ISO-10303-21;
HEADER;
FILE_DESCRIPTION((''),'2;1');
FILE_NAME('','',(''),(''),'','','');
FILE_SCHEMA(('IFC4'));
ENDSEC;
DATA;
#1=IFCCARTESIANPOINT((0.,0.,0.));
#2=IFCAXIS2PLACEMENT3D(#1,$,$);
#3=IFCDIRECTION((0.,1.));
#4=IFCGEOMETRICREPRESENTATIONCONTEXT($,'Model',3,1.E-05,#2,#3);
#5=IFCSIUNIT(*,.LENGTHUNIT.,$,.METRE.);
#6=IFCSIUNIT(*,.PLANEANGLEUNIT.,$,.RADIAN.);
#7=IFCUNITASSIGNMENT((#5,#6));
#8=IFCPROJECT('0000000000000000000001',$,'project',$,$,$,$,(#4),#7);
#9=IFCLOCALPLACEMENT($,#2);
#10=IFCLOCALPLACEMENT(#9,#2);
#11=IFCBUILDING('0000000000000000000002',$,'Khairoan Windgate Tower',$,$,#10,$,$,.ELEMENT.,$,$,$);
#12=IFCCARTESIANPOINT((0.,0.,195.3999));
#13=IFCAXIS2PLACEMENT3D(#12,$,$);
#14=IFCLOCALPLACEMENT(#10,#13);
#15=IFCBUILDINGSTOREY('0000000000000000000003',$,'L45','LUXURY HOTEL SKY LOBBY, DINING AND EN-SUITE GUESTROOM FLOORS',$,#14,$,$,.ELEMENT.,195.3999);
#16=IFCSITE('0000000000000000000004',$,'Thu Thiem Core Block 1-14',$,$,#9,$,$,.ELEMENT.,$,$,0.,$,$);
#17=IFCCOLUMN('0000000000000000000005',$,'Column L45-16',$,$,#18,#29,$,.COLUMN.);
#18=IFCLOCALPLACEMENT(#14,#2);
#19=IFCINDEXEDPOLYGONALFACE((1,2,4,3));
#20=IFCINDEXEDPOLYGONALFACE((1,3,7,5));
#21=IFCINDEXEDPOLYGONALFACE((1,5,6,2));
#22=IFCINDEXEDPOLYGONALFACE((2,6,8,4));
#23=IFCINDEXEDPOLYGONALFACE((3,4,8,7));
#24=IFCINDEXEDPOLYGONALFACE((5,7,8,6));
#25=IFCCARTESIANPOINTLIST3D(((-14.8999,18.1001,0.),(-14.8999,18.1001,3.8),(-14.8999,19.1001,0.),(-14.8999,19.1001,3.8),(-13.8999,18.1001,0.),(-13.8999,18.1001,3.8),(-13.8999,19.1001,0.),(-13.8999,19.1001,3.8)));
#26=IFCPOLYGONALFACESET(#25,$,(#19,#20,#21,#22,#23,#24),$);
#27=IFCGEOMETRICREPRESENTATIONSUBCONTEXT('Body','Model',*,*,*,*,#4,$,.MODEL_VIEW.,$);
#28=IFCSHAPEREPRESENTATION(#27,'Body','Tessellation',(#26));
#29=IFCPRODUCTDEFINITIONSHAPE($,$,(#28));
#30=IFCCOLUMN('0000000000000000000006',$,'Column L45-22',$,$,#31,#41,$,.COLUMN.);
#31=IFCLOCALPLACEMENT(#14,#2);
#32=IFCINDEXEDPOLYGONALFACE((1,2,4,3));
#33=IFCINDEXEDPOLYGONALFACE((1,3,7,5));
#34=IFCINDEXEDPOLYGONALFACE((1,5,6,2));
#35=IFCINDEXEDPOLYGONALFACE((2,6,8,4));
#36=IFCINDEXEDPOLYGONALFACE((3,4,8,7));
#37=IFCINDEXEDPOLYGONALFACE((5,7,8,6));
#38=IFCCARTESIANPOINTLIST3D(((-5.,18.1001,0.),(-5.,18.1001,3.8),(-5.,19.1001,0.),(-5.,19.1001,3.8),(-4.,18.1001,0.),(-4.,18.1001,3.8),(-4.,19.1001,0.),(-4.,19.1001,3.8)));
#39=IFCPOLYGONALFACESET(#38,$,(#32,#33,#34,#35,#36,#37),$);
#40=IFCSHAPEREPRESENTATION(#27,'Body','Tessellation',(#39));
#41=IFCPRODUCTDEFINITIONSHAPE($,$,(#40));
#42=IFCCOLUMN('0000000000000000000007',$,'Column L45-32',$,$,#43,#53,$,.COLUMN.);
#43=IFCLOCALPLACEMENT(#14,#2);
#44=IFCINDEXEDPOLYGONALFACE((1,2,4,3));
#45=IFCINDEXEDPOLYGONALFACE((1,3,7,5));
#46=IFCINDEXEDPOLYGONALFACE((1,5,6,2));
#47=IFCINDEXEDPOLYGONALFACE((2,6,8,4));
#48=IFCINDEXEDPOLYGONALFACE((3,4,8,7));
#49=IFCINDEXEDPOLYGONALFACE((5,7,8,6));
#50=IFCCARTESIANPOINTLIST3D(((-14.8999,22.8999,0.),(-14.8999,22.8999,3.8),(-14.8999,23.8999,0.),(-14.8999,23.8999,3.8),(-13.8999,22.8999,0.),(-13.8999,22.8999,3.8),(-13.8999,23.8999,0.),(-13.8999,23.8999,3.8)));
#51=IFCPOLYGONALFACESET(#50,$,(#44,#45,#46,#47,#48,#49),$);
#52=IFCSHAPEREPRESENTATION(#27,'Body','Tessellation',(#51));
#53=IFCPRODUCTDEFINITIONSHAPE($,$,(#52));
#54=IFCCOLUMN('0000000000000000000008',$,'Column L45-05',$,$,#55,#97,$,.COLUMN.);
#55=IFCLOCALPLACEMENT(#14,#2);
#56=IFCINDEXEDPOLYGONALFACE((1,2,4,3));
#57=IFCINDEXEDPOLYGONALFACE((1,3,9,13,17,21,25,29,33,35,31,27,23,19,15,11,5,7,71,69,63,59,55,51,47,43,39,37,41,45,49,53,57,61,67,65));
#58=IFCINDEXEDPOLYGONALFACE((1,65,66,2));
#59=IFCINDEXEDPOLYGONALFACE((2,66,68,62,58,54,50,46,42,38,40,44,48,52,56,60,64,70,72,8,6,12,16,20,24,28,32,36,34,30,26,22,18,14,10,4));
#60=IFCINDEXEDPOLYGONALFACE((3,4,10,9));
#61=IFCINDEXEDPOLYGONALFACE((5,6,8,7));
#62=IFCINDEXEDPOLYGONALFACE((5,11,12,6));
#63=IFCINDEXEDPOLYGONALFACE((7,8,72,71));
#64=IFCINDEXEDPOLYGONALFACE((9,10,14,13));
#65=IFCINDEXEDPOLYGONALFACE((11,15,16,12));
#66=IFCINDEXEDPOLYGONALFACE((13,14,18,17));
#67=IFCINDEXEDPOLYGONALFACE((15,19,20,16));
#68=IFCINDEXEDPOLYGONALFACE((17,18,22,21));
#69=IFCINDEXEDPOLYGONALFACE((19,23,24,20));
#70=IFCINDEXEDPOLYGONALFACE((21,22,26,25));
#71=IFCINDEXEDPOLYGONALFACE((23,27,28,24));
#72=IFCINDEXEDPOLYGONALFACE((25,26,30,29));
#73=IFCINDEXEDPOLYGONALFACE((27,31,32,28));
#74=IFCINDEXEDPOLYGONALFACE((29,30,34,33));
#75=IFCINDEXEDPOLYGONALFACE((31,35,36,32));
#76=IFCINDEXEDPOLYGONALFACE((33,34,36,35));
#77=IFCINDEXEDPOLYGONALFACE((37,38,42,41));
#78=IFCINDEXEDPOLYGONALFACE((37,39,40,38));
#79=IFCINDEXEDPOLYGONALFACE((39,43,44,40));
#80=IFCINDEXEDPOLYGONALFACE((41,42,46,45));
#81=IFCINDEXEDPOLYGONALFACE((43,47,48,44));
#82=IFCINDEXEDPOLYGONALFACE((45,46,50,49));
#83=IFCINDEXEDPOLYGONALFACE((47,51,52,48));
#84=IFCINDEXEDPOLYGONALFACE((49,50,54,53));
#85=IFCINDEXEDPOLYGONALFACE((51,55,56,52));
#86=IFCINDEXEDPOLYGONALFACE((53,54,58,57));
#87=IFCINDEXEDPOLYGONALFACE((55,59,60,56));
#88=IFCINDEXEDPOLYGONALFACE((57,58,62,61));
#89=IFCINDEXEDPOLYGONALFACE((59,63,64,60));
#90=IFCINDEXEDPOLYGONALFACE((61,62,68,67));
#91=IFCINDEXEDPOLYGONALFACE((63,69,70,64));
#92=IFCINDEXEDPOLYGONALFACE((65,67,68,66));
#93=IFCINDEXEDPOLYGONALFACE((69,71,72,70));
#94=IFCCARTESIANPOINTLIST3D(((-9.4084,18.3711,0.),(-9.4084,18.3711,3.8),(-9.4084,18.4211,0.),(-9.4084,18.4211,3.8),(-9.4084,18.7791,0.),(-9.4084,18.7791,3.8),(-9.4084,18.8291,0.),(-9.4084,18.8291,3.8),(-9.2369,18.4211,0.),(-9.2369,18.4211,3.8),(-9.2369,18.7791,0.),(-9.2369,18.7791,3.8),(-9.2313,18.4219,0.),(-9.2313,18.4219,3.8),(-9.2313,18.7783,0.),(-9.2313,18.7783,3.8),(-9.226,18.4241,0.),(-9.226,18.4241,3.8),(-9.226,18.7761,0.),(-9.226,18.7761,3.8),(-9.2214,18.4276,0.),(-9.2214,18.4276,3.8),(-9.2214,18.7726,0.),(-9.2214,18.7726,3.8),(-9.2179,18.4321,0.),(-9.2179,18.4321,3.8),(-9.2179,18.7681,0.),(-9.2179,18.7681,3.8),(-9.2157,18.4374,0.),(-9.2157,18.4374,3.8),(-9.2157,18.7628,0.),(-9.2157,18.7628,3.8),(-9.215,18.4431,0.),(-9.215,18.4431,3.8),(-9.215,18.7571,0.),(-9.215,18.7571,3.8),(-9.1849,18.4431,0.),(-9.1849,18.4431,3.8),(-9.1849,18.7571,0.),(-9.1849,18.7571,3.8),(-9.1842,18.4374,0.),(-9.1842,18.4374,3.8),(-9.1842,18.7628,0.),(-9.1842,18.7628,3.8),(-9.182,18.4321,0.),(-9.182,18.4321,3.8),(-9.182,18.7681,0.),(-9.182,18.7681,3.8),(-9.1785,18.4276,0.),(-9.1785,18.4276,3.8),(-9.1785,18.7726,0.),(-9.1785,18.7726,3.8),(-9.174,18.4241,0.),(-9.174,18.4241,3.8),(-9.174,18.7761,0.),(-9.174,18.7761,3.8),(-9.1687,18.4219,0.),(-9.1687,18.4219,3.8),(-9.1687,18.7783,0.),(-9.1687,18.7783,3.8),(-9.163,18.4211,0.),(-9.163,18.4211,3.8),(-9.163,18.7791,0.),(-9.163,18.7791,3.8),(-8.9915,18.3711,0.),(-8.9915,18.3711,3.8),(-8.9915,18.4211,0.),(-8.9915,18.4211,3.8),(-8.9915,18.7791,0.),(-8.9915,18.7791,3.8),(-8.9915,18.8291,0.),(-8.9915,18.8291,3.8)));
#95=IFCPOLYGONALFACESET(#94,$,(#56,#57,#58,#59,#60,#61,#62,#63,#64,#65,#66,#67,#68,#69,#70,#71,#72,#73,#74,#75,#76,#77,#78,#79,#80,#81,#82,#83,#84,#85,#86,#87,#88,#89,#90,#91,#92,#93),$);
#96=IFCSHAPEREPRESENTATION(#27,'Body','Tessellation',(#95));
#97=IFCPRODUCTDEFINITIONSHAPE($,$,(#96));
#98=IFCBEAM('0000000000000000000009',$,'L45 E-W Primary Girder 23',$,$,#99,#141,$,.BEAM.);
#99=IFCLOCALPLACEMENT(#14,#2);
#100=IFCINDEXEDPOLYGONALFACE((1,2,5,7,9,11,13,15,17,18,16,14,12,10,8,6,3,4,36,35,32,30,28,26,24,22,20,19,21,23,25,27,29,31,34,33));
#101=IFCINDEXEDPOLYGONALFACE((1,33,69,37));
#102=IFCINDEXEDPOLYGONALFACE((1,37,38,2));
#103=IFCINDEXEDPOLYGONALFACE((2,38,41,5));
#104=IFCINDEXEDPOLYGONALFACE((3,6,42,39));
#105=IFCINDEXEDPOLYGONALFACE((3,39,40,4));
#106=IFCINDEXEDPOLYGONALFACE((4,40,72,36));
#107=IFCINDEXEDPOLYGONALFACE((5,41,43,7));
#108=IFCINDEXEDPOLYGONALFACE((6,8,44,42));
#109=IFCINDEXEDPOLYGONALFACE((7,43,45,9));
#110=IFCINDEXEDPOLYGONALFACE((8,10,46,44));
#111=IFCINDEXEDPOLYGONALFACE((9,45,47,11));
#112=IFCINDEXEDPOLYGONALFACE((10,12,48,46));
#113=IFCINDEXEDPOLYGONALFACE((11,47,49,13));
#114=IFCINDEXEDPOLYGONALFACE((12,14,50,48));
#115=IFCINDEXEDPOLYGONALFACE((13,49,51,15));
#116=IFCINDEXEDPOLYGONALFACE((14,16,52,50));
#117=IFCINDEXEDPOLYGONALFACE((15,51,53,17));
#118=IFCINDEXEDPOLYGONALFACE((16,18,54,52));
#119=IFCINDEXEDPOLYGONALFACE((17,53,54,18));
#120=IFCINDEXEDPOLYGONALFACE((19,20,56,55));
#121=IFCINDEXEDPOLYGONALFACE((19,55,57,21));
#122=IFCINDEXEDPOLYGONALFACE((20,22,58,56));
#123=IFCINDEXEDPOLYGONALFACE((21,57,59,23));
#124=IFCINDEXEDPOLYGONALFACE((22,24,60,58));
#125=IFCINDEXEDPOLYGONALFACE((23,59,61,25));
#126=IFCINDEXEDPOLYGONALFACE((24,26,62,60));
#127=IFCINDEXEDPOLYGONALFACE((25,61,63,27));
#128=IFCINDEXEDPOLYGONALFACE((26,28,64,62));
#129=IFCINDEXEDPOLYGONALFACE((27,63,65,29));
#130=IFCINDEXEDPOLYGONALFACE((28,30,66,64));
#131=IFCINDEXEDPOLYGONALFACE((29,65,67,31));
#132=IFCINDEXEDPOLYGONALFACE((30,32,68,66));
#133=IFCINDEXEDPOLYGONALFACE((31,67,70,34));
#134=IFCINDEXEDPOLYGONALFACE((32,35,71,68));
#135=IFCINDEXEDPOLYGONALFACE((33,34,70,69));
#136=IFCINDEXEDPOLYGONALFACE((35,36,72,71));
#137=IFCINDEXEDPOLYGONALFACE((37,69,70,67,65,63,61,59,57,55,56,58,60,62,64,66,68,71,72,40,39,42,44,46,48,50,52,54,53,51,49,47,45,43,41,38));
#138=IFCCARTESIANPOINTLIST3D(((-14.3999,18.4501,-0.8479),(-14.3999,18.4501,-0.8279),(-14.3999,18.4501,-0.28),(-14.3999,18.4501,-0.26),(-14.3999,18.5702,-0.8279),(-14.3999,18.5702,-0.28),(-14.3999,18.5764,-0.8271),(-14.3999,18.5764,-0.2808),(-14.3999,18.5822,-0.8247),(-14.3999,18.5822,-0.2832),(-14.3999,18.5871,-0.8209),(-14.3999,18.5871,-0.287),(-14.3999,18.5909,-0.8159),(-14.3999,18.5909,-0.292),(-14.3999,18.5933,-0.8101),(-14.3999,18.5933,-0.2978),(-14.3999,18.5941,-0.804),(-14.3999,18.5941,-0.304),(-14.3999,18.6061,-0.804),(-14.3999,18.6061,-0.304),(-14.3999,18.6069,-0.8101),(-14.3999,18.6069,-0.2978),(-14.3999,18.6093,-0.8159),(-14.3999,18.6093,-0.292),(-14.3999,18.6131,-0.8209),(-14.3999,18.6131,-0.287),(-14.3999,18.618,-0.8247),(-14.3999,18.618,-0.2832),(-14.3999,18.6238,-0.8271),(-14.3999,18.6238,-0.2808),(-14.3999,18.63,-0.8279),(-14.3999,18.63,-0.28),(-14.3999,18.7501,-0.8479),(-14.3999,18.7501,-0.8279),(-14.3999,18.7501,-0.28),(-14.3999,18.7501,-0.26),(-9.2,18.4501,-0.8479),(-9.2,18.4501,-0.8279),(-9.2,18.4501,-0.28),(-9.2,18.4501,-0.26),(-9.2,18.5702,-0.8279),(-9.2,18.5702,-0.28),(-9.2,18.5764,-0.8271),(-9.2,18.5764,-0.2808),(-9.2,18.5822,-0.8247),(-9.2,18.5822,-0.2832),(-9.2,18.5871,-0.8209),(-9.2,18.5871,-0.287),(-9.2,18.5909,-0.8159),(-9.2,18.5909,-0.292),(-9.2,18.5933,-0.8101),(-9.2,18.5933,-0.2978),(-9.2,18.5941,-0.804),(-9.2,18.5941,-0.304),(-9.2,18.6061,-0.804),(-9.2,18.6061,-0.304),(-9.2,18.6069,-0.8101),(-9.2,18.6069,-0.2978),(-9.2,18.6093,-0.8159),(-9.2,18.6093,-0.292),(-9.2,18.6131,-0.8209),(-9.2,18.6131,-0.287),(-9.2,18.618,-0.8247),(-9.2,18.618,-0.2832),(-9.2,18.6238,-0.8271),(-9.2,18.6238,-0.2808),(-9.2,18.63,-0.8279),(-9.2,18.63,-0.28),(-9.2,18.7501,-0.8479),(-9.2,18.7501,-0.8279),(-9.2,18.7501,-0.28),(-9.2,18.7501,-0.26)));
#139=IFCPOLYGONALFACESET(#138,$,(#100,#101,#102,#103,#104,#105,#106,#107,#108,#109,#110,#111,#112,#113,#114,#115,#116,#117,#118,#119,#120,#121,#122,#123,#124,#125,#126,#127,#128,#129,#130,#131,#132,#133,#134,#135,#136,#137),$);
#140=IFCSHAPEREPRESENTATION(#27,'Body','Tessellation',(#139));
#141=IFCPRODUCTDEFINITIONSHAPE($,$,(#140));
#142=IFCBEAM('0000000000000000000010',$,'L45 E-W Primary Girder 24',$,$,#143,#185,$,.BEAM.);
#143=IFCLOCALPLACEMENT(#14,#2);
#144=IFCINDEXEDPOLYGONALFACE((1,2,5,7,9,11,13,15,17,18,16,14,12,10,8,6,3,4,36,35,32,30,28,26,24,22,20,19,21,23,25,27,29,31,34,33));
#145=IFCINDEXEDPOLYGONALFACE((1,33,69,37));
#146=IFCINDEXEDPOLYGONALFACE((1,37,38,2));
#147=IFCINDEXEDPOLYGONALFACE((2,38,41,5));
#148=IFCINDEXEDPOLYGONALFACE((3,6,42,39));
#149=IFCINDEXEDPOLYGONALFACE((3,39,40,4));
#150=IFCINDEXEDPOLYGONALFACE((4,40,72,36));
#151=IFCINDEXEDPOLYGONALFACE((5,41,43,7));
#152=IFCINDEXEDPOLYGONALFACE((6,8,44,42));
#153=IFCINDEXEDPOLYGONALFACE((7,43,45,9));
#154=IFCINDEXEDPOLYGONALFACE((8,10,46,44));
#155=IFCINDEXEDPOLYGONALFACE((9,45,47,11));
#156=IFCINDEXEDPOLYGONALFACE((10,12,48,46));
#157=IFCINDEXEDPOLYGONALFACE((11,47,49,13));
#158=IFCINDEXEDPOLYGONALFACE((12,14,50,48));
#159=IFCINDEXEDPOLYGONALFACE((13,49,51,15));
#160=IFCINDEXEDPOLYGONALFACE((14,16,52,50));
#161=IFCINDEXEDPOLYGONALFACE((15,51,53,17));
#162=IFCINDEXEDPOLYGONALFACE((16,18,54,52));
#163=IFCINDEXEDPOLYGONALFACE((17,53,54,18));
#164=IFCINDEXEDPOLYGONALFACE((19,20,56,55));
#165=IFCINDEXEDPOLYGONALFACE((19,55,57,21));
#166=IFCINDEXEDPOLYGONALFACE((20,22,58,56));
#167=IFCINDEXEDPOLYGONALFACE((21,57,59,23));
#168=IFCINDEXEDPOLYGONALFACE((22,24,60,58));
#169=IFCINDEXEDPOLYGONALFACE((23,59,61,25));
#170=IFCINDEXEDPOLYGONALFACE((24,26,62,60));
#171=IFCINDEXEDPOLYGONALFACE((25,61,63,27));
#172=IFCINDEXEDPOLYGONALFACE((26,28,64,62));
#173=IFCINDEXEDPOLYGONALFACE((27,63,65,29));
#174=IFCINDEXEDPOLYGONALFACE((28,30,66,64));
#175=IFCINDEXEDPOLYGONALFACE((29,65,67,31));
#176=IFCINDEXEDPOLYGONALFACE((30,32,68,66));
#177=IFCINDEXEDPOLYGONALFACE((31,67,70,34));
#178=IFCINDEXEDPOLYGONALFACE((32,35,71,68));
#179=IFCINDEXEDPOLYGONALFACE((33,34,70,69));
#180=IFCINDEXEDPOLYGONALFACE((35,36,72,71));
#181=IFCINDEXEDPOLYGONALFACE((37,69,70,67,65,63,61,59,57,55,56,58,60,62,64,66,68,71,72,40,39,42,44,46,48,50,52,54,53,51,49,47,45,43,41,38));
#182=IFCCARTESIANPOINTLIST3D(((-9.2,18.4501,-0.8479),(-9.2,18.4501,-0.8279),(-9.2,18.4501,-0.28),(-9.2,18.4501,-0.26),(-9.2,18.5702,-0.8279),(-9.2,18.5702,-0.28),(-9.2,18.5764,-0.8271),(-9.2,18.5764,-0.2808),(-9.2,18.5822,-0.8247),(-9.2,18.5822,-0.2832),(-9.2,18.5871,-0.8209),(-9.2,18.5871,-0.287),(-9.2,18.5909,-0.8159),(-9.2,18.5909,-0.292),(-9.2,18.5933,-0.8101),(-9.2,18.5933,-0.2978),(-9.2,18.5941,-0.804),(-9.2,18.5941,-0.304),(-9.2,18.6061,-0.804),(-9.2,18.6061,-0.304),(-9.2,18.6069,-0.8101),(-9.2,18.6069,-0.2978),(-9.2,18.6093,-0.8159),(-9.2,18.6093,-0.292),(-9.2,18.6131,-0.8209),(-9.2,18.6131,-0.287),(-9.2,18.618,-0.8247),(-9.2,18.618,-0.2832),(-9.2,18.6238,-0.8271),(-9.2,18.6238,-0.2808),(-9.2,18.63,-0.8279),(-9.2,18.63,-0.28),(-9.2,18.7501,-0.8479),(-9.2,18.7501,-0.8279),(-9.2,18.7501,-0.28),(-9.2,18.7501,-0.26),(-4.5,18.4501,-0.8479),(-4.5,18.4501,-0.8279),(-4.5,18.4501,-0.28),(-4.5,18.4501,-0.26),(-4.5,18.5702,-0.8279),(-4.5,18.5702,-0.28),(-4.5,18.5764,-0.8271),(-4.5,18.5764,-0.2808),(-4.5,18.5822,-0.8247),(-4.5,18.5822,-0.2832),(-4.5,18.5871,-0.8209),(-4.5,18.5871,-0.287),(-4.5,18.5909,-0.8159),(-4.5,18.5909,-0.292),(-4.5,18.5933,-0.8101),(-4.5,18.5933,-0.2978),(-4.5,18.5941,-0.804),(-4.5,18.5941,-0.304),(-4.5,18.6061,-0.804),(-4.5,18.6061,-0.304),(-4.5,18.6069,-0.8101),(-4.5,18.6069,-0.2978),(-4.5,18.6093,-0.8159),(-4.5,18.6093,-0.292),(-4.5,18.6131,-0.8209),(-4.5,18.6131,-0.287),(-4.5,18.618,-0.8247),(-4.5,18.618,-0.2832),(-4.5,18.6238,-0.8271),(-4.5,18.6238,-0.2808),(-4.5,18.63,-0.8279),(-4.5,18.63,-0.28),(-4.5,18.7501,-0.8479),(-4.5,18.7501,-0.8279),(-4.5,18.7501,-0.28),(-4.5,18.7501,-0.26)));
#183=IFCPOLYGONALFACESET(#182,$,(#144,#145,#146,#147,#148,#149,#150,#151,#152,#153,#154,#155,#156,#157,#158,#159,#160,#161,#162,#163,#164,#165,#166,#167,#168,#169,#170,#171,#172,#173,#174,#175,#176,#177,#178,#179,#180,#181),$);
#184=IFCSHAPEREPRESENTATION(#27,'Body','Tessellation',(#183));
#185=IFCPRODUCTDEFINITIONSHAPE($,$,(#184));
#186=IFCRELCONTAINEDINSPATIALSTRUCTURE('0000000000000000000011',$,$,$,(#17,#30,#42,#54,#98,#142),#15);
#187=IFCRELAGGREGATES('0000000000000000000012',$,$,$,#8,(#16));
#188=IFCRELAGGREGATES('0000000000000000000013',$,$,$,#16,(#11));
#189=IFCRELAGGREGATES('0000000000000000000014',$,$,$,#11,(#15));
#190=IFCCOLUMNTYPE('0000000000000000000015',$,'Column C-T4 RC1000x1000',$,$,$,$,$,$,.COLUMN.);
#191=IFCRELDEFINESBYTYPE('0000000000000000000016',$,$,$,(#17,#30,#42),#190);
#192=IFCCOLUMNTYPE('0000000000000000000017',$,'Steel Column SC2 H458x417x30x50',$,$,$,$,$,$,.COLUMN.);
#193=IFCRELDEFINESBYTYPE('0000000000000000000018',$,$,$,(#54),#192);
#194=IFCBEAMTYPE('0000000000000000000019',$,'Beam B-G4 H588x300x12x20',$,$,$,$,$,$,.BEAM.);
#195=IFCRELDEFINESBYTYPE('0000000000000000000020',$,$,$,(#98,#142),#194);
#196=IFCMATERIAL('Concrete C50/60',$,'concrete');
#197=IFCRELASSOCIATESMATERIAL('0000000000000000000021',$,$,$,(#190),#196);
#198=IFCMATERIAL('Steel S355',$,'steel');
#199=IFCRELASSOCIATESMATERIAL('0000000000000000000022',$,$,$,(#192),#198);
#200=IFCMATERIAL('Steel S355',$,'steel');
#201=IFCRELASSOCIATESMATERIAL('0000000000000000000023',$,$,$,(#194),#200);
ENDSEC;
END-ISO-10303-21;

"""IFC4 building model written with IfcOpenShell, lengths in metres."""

from ifc_helpers import new_model, si_unit, direction, frame, origin, origin_2d, place, context, subcontext, project, spatial, rectangle, i_section, extrude, material, material_profile, profile_set, type_object, element, save


model = new_model("IFC4")

# Units and contexts
model_context = context("Model", 3, precision=1e-05, world=origin(), true_north=direction((0.0, 1.0)))
body_context = subcontext(model_context, "Body", "Model", "MODEL_VIEW")
ifc_project = project(units=[si_unit("LENGTHUNIT", "METRE"), si_unit("PLANEANGLEUNIT", "RADIAN")], contexts=[model_context])

# Site, building, storey
site_placement = place(None, origin())
site = spatial("IfcSite", under=ifc_project, at=site_placement, Name="Thu Thiem Core Block 1-14", CompositionType="ELEMENT", RefElevation=0.0)
building_placement = place(site_placement, origin())
building = spatial("IfcBuilding", under=site, at=building_placement, Name="Khairoan Windgate Tower", CompositionType="ELEMENT")
storey_placement = place(building_placement, frame((0.0, 0.0, 195.3999)))
storey = spatial("IfcBuildingStorey", under=building, at=storey_placement, Name="L45", Description="LUXURY HOTEL SKY LOBBY, DINING AND EN-SUITE GUESTROOM FLOORS", CompositionType="ELEMENT", Elevation=195.3999)

# Columns
ifc_material_1 = material(Name="Concrete C50/60", Category="concrete")
ifc_material_profile_1 = material_profile(ifc_material_1, rectangle(XDim=1.0, YDim=1.0, at=origin_2d()))
ifc_profile_set_1 = profile_set([ifc_material_profile_1], Name="Concrete C50/60")
column_type_1 = type_object("IfcColumnType", Name="Column C-T4 RC1000x1000", PredefinedType="COLUMN", material=ifc_profile_set_1)
for number, where, z_axis, x_axis, name in (
    (1, (-14.3999, 18.6001, 0.0), (0.0, 0.0, 1.0), (1.0, 0.0, 0.0), "Column L45-16"),
    (2, (-4.5, 18.6001, 0.0), (0.0, 0.0, 1.0), (1.0, 0.0, 0.0), "Column L45-22"),
    (3, (-14.3999, 23.3999, 0.0), (0.0, 0.0, 1.0), (1.0, 0.0, 0.0), "Column L45-32"),
):
    element("IfcColumn", number, at=place(storey_placement, frame(where, z_axis=z_axis, x_axis=x_axis)), inside=storey, type_object=column_type_1, Name=name, PredefinedType="COLUMN", context=body_context, shape_type="SweptSolid", body=[
        extrude(rectangle(XDim=1.0, YDim=1.0, at=origin_2d()), origin(), (0.0, 0.0, 1.0), 3.8),
    ])
ifc_material_2 = material(Name="Steel S355", Category="steel")
ifc_material_profile_2 = material_profile(ifc_material_2, i_section(OverallWidth=0.417, OverallDepth=0.458, WebThickness=0.03, FlangeThickness=0.05, FilletRadius=0.022, at=origin_2d()))
ifc_profile_set_2 = profile_set([ifc_material_profile_2], Name="Steel S355")
column_type_2 = type_object("IfcColumnType", Name="Steel Column SC2 H458x417x30x50", PredefinedType="COLUMN", material=ifc_profile_set_2)
column_placement = place(storey_placement, frame((-9.2, 18.6001, 0.0), z_axis=(0.0, 0.0, 1.0), x_axis=(1.0, 0.0, 0.0)))
element("IfcColumn", 4, at=column_placement, inside=storey, type_object=column_type_2, Name="Column L45-05", PredefinedType="COLUMN", context=body_context, shape_type="SweptSolid", body=[
    extrude(i_section(OverallWidth=0.417, OverallDepth=0.458, WebThickness=0.03, FlangeThickness=0.05, FilletRadius=0.022, at=origin_2d()), origin(), (0.0, 0.0, 1.0), 3.8),
])

# Beams
ifc_material_3 = material(Name="Steel S355", Category="steel")
ifc_material_profile_3 = material_profile(ifc_material_3, i_section(OverallWidth=0.3, OverallDepth=0.5879, WebThickness=0.012, FlangeThickness=0.02, FilletRadius=0.0239, at=origin_2d()))
ifc_profile_set_3 = profile_set([ifc_material_profile_3], Name="Steel S355")
beam_type_1 = type_object("IfcBeamType", Name="Beam B-G4 H588x300x12x20", PredefinedType="BEAM", material=ifc_profile_set_3)
beam_1_placement = place(storey_placement, frame((-14.3999, 18.6001, -0.554), z_axis=(1.0, 0.0, 0.0), x_axis=(0.0, 1.0, 0.0)))
element("IfcBeam", 5, at=beam_1_placement, inside=storey, type_object=beam_type_1, Name="L45 E-W Primary Girder 23", PredefinedType="BEAM", context=body_context, shape_type="SweptSolid", body=[
    extrude(i_section(OverallWidth=0.3, OverallDepth=0.5879, WebThickness=0.012, FlangeThickness=0.02, FilletRadius=0.0239, at=origin_2d()), origin(), (0.0, 0.0, 1.0), 5.2),
])
beam_2_placement = place(storey_placement, frame((-9.2, 18.6001, -0.554), z_axis=(1.0, 0.0, 0.0), x_axis=(0.0, 1.0, 0.0)))
element("IfcBeam", 6, at=beam_2_placement, inside=storey, type_object=beam_type_1, Name="L45 E-W Primary Girder 24", PredefinedType="BEAM", context=body_context, shape_type="SweptSolid", body=[
    extrude(i_section(OverallWidth=0.3, OverallDepth=0.5879, WebThickness=0.012, FlangeThickness=0.02, FilletRadius=0.0239, at=origin_2d()), origin(), (0.0, 0.0, 1.0), 4.7),
])

save(model, "model.ifc")
